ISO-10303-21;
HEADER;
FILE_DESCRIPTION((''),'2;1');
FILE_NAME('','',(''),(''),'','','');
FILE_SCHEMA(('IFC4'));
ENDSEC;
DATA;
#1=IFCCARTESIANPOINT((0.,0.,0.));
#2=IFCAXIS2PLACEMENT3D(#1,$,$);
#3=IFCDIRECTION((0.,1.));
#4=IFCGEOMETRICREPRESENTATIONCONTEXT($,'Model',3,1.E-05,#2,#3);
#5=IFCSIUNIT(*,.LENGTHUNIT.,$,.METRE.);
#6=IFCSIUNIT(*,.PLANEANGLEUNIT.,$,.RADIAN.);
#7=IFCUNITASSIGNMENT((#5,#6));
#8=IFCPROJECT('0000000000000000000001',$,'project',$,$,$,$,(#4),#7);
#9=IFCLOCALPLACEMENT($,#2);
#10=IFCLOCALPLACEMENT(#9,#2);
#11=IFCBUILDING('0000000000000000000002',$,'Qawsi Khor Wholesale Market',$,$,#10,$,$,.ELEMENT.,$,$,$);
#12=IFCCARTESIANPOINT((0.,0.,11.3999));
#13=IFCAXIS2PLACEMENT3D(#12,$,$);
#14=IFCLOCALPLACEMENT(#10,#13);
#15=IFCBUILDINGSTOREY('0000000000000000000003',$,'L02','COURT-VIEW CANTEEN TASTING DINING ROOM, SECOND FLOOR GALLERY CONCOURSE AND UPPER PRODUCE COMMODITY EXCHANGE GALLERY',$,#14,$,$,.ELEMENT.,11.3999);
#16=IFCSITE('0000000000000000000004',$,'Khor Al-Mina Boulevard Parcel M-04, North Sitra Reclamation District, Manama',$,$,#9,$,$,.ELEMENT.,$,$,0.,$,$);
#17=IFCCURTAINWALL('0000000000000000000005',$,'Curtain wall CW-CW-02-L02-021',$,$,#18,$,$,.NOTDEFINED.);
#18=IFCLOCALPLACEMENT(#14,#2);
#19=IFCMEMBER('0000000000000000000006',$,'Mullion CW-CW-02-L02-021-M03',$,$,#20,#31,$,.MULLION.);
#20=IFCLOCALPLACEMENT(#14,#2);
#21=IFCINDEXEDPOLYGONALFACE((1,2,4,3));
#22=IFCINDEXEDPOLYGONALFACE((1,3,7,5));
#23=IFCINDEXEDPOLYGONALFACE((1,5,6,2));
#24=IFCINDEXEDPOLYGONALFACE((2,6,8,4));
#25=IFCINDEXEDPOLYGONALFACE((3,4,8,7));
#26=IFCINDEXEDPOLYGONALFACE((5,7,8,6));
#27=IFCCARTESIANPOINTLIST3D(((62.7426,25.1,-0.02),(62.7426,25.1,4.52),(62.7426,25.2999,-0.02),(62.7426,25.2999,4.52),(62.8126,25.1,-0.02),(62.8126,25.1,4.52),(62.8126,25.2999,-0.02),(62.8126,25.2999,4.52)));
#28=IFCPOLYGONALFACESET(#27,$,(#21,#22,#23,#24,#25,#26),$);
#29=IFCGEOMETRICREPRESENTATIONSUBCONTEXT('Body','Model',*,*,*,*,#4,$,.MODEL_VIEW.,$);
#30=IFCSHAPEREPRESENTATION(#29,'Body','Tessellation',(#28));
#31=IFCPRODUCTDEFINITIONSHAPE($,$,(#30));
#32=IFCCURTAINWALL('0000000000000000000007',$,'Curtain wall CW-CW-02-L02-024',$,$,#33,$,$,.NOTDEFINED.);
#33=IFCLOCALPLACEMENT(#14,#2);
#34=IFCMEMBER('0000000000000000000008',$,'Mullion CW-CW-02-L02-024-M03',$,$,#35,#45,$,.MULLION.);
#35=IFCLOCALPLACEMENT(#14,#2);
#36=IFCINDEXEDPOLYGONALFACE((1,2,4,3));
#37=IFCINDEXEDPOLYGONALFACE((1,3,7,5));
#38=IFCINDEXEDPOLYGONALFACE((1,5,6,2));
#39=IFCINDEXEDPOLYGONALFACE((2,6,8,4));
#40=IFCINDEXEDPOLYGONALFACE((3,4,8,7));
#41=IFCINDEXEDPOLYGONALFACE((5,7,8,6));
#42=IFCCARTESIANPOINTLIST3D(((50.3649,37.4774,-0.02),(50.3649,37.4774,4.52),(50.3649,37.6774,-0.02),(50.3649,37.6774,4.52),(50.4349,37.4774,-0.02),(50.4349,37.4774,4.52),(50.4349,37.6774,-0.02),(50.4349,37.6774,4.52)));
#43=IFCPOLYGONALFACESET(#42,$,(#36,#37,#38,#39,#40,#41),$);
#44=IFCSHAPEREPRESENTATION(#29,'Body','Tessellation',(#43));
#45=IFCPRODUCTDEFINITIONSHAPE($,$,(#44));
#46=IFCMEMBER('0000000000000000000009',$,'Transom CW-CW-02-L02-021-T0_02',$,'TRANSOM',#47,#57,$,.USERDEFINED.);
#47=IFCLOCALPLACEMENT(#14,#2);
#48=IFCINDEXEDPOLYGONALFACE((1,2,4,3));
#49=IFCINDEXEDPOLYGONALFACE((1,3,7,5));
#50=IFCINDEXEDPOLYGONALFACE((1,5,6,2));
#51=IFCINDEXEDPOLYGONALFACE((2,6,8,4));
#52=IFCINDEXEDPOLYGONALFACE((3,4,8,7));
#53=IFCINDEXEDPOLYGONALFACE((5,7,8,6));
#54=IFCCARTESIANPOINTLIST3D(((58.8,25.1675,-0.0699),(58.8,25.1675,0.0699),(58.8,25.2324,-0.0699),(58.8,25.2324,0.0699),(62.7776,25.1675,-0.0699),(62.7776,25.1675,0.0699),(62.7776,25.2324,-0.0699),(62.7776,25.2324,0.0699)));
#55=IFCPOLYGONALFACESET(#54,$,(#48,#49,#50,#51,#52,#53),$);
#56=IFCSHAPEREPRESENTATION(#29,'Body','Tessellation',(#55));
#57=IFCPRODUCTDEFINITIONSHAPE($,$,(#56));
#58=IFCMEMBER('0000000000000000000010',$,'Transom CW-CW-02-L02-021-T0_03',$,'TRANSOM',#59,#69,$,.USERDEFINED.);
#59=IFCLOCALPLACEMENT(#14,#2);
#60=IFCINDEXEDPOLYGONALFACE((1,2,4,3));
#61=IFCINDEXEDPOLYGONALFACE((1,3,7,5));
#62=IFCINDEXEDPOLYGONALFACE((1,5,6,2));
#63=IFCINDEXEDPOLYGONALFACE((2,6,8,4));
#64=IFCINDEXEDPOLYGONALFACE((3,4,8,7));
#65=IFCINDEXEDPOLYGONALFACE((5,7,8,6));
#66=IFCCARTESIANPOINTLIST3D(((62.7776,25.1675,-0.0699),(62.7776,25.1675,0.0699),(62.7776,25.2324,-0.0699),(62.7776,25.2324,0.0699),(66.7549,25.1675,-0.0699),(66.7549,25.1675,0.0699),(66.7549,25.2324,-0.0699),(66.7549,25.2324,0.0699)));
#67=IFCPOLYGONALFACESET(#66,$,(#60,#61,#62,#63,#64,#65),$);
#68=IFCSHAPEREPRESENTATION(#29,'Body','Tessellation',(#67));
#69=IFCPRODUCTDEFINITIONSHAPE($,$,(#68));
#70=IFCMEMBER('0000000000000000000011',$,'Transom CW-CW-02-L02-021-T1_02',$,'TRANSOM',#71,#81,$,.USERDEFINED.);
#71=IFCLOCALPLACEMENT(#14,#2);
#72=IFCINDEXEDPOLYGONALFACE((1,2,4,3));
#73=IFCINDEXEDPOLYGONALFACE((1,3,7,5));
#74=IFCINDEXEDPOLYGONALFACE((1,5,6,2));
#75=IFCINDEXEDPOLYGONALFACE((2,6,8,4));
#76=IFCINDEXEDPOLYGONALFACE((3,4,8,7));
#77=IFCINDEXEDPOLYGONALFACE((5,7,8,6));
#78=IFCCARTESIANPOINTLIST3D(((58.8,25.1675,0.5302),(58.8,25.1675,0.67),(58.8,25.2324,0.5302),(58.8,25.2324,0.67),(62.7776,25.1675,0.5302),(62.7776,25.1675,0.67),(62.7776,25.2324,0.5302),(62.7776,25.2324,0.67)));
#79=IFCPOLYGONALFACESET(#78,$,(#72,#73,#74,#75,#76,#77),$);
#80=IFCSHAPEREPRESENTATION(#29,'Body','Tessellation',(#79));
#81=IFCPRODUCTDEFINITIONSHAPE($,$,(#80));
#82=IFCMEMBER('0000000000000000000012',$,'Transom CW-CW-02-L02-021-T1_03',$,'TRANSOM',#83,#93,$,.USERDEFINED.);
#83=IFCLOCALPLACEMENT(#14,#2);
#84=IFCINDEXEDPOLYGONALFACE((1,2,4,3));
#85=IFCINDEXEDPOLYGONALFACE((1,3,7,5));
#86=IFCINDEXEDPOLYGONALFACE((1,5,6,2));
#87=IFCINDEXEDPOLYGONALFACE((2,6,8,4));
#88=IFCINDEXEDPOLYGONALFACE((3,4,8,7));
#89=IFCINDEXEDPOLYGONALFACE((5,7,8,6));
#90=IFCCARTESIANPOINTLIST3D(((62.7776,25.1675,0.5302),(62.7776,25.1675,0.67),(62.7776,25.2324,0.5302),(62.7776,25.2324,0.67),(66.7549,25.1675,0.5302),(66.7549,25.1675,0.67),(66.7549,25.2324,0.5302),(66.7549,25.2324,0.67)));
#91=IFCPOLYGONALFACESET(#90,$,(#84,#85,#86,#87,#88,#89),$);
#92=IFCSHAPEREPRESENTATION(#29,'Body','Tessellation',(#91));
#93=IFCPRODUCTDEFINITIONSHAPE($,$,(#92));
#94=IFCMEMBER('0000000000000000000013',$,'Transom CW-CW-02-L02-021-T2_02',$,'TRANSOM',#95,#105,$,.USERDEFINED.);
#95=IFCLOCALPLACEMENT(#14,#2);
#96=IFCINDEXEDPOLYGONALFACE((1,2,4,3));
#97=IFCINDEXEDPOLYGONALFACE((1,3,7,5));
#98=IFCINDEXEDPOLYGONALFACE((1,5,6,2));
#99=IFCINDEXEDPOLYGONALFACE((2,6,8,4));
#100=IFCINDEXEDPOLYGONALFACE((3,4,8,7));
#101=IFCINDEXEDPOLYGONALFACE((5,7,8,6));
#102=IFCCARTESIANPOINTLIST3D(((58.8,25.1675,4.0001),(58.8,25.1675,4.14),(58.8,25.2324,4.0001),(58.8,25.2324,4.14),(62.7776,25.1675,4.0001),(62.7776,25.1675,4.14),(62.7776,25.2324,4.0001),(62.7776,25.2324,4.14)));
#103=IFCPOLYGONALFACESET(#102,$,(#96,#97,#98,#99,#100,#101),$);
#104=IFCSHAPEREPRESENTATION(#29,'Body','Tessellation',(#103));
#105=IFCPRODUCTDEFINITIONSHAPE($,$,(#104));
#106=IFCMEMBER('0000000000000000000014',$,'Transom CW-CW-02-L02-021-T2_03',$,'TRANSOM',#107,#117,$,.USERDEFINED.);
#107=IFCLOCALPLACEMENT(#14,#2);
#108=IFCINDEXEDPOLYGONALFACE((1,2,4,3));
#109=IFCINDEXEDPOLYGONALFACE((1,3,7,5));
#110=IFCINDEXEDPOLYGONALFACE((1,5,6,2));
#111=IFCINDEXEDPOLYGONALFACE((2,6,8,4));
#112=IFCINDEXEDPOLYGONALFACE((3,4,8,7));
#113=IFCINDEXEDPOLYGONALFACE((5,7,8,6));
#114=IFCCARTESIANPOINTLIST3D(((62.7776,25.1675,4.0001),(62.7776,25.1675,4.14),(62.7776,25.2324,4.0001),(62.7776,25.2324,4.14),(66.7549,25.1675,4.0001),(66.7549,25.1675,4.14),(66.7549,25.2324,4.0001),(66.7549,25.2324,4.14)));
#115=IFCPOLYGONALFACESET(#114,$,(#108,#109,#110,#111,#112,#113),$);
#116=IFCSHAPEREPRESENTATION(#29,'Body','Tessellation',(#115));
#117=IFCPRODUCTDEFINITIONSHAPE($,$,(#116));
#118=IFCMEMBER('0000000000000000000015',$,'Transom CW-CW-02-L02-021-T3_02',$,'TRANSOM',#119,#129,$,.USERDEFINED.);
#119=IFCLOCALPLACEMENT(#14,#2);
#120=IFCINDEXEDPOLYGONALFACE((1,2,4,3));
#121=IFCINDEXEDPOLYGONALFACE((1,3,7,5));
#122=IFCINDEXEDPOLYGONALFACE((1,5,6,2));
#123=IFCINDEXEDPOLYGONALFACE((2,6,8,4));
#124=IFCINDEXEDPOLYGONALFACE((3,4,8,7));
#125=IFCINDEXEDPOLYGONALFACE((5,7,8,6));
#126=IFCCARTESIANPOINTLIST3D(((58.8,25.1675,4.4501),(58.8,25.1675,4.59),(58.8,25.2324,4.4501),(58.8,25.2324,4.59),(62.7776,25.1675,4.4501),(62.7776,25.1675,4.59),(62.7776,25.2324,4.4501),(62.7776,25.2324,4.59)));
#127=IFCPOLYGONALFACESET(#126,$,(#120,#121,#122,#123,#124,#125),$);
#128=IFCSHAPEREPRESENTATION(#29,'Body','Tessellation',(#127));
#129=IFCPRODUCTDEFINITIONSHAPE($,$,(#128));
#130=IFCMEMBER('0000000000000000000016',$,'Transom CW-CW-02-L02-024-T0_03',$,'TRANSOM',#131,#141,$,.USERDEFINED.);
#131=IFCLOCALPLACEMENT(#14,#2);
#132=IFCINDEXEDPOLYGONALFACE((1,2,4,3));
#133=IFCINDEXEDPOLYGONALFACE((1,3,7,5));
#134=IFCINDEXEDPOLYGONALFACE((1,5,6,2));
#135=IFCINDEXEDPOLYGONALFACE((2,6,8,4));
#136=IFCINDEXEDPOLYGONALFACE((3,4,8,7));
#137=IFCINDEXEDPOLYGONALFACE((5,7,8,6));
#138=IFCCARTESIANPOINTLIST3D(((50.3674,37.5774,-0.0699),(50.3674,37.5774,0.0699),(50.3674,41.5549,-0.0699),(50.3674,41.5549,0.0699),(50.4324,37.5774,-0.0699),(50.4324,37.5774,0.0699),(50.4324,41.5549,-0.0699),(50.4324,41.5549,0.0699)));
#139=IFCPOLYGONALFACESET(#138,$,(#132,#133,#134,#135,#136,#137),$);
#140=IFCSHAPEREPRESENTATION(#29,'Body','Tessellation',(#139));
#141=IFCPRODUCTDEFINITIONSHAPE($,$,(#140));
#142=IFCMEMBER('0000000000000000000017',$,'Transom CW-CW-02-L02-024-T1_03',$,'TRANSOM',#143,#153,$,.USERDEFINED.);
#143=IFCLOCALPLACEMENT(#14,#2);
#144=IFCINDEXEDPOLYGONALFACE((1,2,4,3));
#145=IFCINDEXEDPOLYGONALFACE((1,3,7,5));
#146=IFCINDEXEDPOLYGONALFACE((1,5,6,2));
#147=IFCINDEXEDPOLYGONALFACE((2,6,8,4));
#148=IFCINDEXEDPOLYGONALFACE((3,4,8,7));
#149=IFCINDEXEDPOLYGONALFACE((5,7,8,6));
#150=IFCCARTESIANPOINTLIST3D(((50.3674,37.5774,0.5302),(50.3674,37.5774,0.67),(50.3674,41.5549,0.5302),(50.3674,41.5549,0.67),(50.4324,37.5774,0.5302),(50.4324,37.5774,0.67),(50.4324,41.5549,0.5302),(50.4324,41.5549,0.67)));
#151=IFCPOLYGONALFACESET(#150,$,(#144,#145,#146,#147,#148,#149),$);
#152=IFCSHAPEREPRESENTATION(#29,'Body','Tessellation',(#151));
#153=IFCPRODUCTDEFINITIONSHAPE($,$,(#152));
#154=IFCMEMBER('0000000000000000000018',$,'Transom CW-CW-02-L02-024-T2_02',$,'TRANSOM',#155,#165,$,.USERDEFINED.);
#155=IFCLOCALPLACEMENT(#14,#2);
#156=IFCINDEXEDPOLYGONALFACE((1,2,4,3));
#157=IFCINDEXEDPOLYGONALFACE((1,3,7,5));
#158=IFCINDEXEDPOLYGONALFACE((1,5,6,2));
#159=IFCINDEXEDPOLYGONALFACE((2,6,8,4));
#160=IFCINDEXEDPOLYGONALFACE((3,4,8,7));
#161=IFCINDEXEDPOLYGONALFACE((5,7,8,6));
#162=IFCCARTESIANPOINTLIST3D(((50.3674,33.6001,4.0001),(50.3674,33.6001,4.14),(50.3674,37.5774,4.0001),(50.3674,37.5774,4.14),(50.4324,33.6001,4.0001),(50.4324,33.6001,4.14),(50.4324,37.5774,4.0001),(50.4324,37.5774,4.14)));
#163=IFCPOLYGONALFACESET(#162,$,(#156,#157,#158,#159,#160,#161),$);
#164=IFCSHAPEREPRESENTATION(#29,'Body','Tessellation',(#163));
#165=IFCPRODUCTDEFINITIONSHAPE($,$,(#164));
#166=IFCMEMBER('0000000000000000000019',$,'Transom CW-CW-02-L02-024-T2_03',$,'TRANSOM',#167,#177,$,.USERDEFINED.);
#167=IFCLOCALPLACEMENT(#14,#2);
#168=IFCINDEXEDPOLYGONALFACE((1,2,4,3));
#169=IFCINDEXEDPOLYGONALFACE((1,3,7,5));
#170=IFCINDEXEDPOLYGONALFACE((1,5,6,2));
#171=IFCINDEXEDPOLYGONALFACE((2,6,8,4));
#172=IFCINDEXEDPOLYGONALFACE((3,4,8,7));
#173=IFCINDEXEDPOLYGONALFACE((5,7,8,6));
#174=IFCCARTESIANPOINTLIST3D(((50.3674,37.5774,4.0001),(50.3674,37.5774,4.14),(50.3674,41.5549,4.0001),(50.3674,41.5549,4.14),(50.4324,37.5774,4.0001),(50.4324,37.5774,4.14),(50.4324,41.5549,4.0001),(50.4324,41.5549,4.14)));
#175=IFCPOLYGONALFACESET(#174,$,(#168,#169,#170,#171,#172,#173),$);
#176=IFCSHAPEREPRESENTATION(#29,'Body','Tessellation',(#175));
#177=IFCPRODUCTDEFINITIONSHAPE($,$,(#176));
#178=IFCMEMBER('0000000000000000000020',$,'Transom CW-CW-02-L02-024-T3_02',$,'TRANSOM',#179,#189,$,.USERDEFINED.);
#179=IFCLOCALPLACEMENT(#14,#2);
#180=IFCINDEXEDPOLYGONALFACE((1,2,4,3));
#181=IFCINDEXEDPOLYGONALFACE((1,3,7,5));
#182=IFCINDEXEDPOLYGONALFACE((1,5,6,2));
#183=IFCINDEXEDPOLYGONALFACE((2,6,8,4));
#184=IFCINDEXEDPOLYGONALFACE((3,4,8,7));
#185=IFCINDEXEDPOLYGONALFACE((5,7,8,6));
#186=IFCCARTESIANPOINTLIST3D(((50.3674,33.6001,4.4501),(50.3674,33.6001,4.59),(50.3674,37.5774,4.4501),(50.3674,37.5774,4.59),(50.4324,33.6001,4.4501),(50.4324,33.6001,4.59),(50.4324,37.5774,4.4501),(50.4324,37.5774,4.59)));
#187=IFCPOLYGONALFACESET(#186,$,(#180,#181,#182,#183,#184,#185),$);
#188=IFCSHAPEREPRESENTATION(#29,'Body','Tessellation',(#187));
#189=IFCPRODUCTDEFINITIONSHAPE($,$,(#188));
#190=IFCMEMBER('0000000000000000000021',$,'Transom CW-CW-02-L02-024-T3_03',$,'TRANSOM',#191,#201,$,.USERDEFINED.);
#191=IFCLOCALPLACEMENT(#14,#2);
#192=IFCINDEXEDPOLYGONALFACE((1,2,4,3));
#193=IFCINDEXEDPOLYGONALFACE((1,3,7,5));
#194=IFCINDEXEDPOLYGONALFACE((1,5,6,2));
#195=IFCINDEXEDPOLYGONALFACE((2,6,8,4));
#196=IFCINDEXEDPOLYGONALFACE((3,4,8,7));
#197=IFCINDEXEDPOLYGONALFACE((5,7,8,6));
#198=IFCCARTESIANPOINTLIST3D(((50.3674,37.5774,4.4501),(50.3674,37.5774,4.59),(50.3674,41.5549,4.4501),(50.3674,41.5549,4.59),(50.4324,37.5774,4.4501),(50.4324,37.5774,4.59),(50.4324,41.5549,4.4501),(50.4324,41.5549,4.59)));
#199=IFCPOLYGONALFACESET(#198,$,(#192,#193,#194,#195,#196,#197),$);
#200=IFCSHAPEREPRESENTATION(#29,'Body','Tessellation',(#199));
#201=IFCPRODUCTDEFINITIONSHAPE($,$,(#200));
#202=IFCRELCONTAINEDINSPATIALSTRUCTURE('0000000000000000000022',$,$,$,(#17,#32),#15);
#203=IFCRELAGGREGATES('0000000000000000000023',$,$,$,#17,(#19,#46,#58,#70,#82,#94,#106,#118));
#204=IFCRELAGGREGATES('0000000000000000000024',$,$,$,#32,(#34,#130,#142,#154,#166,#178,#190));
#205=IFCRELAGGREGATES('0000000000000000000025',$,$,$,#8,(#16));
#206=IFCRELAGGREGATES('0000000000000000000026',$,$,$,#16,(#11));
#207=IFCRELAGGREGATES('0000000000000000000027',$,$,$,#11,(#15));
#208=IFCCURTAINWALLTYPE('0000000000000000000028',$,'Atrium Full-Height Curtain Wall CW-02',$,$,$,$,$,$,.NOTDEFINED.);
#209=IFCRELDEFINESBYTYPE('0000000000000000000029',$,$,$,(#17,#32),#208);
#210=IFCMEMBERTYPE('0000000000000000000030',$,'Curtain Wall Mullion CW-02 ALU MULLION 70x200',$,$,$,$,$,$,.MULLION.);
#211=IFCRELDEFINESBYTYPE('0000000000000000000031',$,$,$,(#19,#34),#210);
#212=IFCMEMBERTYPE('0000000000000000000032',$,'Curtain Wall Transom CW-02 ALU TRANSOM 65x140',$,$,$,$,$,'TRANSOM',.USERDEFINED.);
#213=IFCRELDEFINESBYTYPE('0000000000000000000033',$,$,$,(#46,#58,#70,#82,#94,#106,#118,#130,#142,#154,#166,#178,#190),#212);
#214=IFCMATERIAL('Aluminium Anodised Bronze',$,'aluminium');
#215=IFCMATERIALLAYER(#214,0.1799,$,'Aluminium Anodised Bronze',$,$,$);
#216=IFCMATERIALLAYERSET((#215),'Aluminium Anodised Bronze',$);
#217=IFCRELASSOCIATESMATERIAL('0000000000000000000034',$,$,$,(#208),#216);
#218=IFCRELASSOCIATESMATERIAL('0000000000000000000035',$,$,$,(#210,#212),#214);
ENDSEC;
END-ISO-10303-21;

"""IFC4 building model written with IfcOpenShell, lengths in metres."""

from ifc_helpers import new_model, si_unit, direction, frame, origin, origin_2d, place, context, subcontext, project, spatial, rectangle, extrude, material, layer, layer_set, material_profile, profile_set, type_object, element, aggregate, save


model = new_model("IFC4")

# Units and contexts
model_context = context("Model", 3, precision=1e-05, world=origin(), true_north=direction((0.0, 1.0)))
body_context = subcontext(model_context, "Body", "Model", "MODEL_VIEW")
ifc_project = project(units=[si_unit("LENGTHUNIT", "METRE"), si_unit("PLANEANGLEUNIT", "RADIAN")], contexts=[model_context])

# Site, building, storey
site_placement = place(None, origin())
site = spatial("IfcSite", under=ifc_project, at=site_placement, Name="Khor Al-Mina Boulevard Parcel M-04, North Sitra Reclamation District, Manama", CompositionType="ELEMENT", RefElevation=0.0)
building_placement = place(site_placement, origin())
building = spatial("IfcBuilding", under=site, at=building_placement, Name="Qawsi Khor Wholesale Market", CompositionType="ELEMENT")
storey_placement = place(building_placement, frame((0.0, 0.0, 11.3999)))
storey = spatial("IfcBuildingStorey", under=building, at=storey_placement, Name="L02", Description="COURT-VIEW CANTEEN TASTING DINING ROOM, SECOND FLOOR GALLERY CONCOURSE AND UPPER PRODUCE COMMODITY EXCHANGE GALLERY", CompositionType="ELEMENT", Elevation=11.3999)

# Curtain walls, members
ifc_material_1 = material(Name="Aluminium Anodised Bronze", Category="aluminium")
ifc_layer_1 = layer(ifc_material_1, 0.1799, Name="Aluminium Anodised Bronze")
ifc_layer_set_1 = layer_set([ifc_layer_1], Name="Aluminium Anodised Bronze")
curtain_wall_type = type_object("IfcCurtainWallType", Name="Atrium Full-Height Curtain Wall CW-02", PredefinedType="NOTDEFINED", material=ifc_layer_set_1)
curtain_wall_1_placement = place(storey_placement, origin())
curtain_wall_1 = element("IfcCurtainWall", 1, at=curtain_wall_1_placement, inside=storey, type_object=curtain_wall_type, Name="Curtain wall CW-CW-02-L02-021", PredefinedType="NOTDEFINED")
ifc_material_profile_1 = material_profile(ifc_material_1, rectangle(XDim=0.0701, YDim=0.2, at=origin_2d()), Name="ALU MULLION 70x200")
ifc_profile_set_1 = profile_set([ifc_material_profile_1], Name="Aluminium Anodised Bronze")
member_type_1 = type_object("IfcMemberType", Name="Curtain Wall Mullion CW-02 ALU MULLION 70x200", PredefinedType="MULLION", material=ifc_profile_set_1)
member_1_placement = place(storey_placement, frame((62.7776, 25.2, -0.02), z_axis=(0.0, 0.0, 1.0), x_axis=(1.0, 0.0, 0.0)))
member_1 = element("IfcMember", 2, at=member_1_placement, type_object=member_type_1, Name="Mullion CW-CW-02-L02-021-M03", PredefinedType="MULLION", context=body_context, shape_type="SweptSolid", body=[
    extrude(rectangle(XDim=0.0701, YDim=0.2, at=origin_2d()), origin(), (0.0, 0.0, 1.0), 4.54),
])
curtain_wall_2_placement = place(storey_placement, origin())
curtain_wall_2 = element("IfcCurtainWall", 3, at=curtain_wall_2_placement, inside=storey, type_object=curtain_wall_type, Name="Curtain wall CW-CW-02-L02-024", PredefinedType="NOTDEFINED")
member_2_placement = place(storey_placement, frame((50.3999, 37.5774, -0.02), z_axis=(0.0, 0.0, 1.0), x_axis=(1.0, 0.0, 0.0)))
member_2 = element("IfcMember", 4, at=member_2_placement, type_object=member_type_1, Name="Mullion CW-CW-02-L02-024-M03", PredefinedType="MULLION", context=body_context, shape_type="SweptSolid", body=[
    extrude(rectangle(XDim=0.0701, YDim=0.2, at=origin_2d()), origin(), (0.0, 0.0, 1.0), 4.54),
])

# Members
ifc_material_profile_2 = material_profile(ifc_material_1, rectangle(XDim=0.0649, YDim=0.1399, at=origin_2d()), Name="ALU TRANSOM 65x140")
ifc_profile_set_2 = profile_set([ifc_material_profile_2], Name="Aluminium Anodised Bronze")
member_type_2 = type_object("IfcMemberType", Name="Curtain Wall Transom CW-02 ALU TRANSOM 65x140", ElementType="TRANSOM", PredefinedType="USERDEFINED", material=ifc_profile_set_2)
member_3_placement = place(storey_placement, frame((58.8, 25.2, 0.0), z_axis=(1.0, 0.0, 0.0), x_axis=(0.0, 1.0, 0.0)))
member_3 = element("IfcMember", 5, at=member_3_placement, type_object=member_type_2, Name="Transom CW-CW-02-L02-021-T0_02", ObjectType="TRANSOM", PredefinedType="USERDEFINED", context=body_context, shape_type="SweptSolid", body=[
    extrude(rectangle(XDim=0.0649, YDim=0.1399, at=origin_2d()), origin(), (0.0, 0.0, 1.0), 3.9775),
])
member_4_placement = place(storey_placement, frame((62.7776, 25.2, 0.0), z_axis=(1.0, 0.0, 0.0), x_axis=(0.0, 1.0, 0.0)))
member_4 = element("IfcMember", 6, at=member_4_placement, type_object=member_type_2, Name="Transom CW-CW-02-L02-021-T0_03", ObjectType="TRANSOM", PredefinedType="USERDEFINED", context=body_context, shape_type="SweptSolid", body=[
    extrude(rectangle(XDim=0.0649, YDim=0.1399, at=origin_2d()), origin(), (0.0, 0.0, 1.0), 3.9773),
])
member_5_placement = place(storey_placement, frame((58.8, 25.2, 0.6001), z_axis=(1.0, 0.0, 0.0), x_axis=(0.0, 1.0, 0.0)))
member_5 = element("IfcMember", 7, at=member_5_placement, type_object=member_type_2, Name="Transom CW-CW-02-L02-021-T1_02", ObjectType="TRANSOM", PredefinedType="USERDEFINED", context=body_context, shape_type="SweptSolid", body=[
    extrude(rectangle(XDim=0.0649, YDim=0.1399, at=origin_2d()), origin(), (0.0, 0.0, 1.0), 3.9775),
])
member_6_placement = place(storey_placement, frame((62.7776, 25.2, 0.6001), z_axis=(1.0, 0.0, 0.0), x_axis=(0.0, 1.0, 0.0)))
member_6 = element("IfcMember", 8, at=member_6_placement, type_object=member_type_2, Name="Transom CW-CW-02-L02-021-T1_03", ObjectType="TRANSOM", PredefinedType="USERDEFINED", context=body_context, shape_type="SweptSolid", body=[
    extrude(rectangle(XDim=0.0649, YDim=0.1399, at=origin_2d()), origin(), (0.0, 0.0, 1.0), 3.9773),
])
member_7_placement = place(storey_placement, frame((58.8, 25.2, 4.0701), z_axis=(1.0, 0.0, 0.0), x_axis=(0.0, 1.0, 0.0)))
member_7 = element("IfcMember", 9, at=member_7_placement, type_object=member_type_2, Name="Transom CW-CW-02-L02-021-T2_02", ObjectType="TRANSOM", PredefinedType="USERDEFINED", context=body_context, shape_type="SweptSolid", body=[
    extrude(rectangle(XDim=0.0649, YDim=0.1399, at=origin_2d()), origin(), (0.0, 0.0, 1.0), 3.9775),
])
member_8_placement = place(storey_placement, frame((62.7776, 25.2, 4.0701), z_axis=(1.0, 0.0, 0.0), x_axis=(0.0, 1.0, 0.0)))
member_8 = element("IfcMember", 10, at=member_8_placement, type_object=member_type_2, Name="Transom CW-CW-02-L02-021-T2_03", ObjectType="TRANSOM", PredefinedType="USERDEFINED", context=body_context, shape_type="SweptSolid", body=[
    extrude(rectangle(XDim=0.0649, YDim=0.1399, at=origin_2d()), origin(), (0.0, 0.0, 1.0), 3.9773),
])
member_9_placement = place(storey_placement, frame((58.8, 25.2, 4.52), z_axis=(1.0, 0.0, 0.0), x_axis=(0.0, 1.0, 0.0)))
member_9 = element("IfcMember", 11, at=member_9_placement, type_object=member_type_2, Name="Transom CW-CW-02-L02-021-T3_02", ObjectType="TRANSOM", PredefinedType="USERDEFINED", context=body_context, shape_type="SweptSolid", body=[
    extrude(rectangle(XDim=0.0649, YDim=0.1399, at=origin_2d()), origin(), (0.0, 0.0, 1.0), 3.9775),
])
member_10_placement = place(storey_placement, frame((50.3999, 37.5774, 0.0), z_axis=(0.0, 1.0, 0.0), x_axis=(-1.0, 0.0, 0.0)))
member_10 = element("IfcMember", 12, at=member_10_placement, type_object=member_type_2, Name="Transom CW-CW-02-L02-024-T0_03", ObjectType="TRANSOM", PredefinedType="USERDEFINED", context=body_context, shape_type="SweptSolid", body=[
    extrude(rectangle(XDim=0.0649, YDim=0.1399, at=origin_2d()), origin(), (0.0, 0.0, 1.0), 3.9775),
])
member_11_placement = place(storey_placement, frame((50.3999, 37.5774, 0.6001), z_axis=(0.0, 1.0, 0.0), x_axis=(-1.0, 0.0, 0.0)))
member_11 = element("IfcMember", 13, at=member_11_placement, type_object=member_type_2, Name="Transom CW-CW-02-L02-024-T1_03", ObjectType="TRANSOM", PredefinedType="USERDEFINED", context=body_context, shape_type="SweptSolid", body=[
    extrude(rectangle(XDim=0.0649, YDim=0.1399, at=origin_2d()), origin(), (0.0, 0.0, 1.0), 3.9775),
])
member_12_placement = place(storey_placement, frame((50.3999, 33.6001, 4.0701), z_axis=(0.0, 1.0, 0.0), x_axis=(-1.0, 0.0, 0.0)))
member_12 = element("IfcMember", 14, at=member_12_placement, type_object=member_type_2, Name="Transom CW-CW-02-L02-024-T2_02", ObjectType="TRANSOM", PredefinedType="USERDEFINED", context=body_context, shape_type="SweptSolid", body=[
    extrude(rectangle(XDim=0.0649, YDim=0.1399, at=origin_2d()), origin(), (0.0, 0.0, 1.0), 3.9773),
])
member_13_placement = place(storey_placement, frame((50.3999, 37.5774, 4.0701), z_axis=(0.0, 1.0, 0.0), x_axis=(-1.0, 0.0, 0.0)))
member_13 = element("IfcMember", 15, at=member_13_placement, type_object=member_type_2, Name="Transom CW-CW-02-L02-024-T2_03", ObjectType="TRANSOM", PredefinedType="USERDEFINED", context=body_context, shape_type="SweptSolid", body=[
    extrude(rectangle(XDim=0.0649, YDim=0.1399, at=origin_2d()), origin(), (0.0, 0.0, 1.0), 3.9775),
])
member_14_placement = place(storey_placement, frame((50.3999, 33.6001, 4.52), z_axis=(0.0, 1.0, 0.0), x_axis=(-1.0, 0.0, 0.0)))
member_14 = element("IfcMember", 16, at=member_14_placement, type_object=member_type_2, Name="Transom CW-CW-02-L02-024-T3_02", ObjectType="TRANSOM", PredefinedType="USERDEFINED", context=body_context, shape_type="SweptSolid", body=[
    extrude(rectangle(XDim=0.0649, YDim=0.1399, at=origin_2d()), origin(), (0.0, 0.0, 1.0), 3.9773),
])
member_15_placement = place(storey_placement, frame((50.3999, 37.5774, 4.52), z_axis=(0.0, 1.0, 0.0), x_axis=(-1.0, 0.0, 0.0)))
member_15 = element("IfcMember", 17, at=member_15_placement, type_object=member_type_2, Name="Transom CW-CW-02-L02-024-T3_03", ObjectType="TRANSOM", PredefinedType="USERDEFINED", context=body_context, shape_type="SweptSolid", body=[
    extrude(rectangle(XDim=0.0649, YDim=0.1399, at=origin_2d()), origin(), (0.0, 0.0, 1.0), 3.9775),
])

aggregate(curtain_wall_1, [member_1, member_3, member_4, member_5, member_6, member_7, member_8, member_9])
aggregate(curtain_wall_2, [member_2, member_10, member_11, member_12, member_13, member_14, member_15])

save(model, "model.ifc")
